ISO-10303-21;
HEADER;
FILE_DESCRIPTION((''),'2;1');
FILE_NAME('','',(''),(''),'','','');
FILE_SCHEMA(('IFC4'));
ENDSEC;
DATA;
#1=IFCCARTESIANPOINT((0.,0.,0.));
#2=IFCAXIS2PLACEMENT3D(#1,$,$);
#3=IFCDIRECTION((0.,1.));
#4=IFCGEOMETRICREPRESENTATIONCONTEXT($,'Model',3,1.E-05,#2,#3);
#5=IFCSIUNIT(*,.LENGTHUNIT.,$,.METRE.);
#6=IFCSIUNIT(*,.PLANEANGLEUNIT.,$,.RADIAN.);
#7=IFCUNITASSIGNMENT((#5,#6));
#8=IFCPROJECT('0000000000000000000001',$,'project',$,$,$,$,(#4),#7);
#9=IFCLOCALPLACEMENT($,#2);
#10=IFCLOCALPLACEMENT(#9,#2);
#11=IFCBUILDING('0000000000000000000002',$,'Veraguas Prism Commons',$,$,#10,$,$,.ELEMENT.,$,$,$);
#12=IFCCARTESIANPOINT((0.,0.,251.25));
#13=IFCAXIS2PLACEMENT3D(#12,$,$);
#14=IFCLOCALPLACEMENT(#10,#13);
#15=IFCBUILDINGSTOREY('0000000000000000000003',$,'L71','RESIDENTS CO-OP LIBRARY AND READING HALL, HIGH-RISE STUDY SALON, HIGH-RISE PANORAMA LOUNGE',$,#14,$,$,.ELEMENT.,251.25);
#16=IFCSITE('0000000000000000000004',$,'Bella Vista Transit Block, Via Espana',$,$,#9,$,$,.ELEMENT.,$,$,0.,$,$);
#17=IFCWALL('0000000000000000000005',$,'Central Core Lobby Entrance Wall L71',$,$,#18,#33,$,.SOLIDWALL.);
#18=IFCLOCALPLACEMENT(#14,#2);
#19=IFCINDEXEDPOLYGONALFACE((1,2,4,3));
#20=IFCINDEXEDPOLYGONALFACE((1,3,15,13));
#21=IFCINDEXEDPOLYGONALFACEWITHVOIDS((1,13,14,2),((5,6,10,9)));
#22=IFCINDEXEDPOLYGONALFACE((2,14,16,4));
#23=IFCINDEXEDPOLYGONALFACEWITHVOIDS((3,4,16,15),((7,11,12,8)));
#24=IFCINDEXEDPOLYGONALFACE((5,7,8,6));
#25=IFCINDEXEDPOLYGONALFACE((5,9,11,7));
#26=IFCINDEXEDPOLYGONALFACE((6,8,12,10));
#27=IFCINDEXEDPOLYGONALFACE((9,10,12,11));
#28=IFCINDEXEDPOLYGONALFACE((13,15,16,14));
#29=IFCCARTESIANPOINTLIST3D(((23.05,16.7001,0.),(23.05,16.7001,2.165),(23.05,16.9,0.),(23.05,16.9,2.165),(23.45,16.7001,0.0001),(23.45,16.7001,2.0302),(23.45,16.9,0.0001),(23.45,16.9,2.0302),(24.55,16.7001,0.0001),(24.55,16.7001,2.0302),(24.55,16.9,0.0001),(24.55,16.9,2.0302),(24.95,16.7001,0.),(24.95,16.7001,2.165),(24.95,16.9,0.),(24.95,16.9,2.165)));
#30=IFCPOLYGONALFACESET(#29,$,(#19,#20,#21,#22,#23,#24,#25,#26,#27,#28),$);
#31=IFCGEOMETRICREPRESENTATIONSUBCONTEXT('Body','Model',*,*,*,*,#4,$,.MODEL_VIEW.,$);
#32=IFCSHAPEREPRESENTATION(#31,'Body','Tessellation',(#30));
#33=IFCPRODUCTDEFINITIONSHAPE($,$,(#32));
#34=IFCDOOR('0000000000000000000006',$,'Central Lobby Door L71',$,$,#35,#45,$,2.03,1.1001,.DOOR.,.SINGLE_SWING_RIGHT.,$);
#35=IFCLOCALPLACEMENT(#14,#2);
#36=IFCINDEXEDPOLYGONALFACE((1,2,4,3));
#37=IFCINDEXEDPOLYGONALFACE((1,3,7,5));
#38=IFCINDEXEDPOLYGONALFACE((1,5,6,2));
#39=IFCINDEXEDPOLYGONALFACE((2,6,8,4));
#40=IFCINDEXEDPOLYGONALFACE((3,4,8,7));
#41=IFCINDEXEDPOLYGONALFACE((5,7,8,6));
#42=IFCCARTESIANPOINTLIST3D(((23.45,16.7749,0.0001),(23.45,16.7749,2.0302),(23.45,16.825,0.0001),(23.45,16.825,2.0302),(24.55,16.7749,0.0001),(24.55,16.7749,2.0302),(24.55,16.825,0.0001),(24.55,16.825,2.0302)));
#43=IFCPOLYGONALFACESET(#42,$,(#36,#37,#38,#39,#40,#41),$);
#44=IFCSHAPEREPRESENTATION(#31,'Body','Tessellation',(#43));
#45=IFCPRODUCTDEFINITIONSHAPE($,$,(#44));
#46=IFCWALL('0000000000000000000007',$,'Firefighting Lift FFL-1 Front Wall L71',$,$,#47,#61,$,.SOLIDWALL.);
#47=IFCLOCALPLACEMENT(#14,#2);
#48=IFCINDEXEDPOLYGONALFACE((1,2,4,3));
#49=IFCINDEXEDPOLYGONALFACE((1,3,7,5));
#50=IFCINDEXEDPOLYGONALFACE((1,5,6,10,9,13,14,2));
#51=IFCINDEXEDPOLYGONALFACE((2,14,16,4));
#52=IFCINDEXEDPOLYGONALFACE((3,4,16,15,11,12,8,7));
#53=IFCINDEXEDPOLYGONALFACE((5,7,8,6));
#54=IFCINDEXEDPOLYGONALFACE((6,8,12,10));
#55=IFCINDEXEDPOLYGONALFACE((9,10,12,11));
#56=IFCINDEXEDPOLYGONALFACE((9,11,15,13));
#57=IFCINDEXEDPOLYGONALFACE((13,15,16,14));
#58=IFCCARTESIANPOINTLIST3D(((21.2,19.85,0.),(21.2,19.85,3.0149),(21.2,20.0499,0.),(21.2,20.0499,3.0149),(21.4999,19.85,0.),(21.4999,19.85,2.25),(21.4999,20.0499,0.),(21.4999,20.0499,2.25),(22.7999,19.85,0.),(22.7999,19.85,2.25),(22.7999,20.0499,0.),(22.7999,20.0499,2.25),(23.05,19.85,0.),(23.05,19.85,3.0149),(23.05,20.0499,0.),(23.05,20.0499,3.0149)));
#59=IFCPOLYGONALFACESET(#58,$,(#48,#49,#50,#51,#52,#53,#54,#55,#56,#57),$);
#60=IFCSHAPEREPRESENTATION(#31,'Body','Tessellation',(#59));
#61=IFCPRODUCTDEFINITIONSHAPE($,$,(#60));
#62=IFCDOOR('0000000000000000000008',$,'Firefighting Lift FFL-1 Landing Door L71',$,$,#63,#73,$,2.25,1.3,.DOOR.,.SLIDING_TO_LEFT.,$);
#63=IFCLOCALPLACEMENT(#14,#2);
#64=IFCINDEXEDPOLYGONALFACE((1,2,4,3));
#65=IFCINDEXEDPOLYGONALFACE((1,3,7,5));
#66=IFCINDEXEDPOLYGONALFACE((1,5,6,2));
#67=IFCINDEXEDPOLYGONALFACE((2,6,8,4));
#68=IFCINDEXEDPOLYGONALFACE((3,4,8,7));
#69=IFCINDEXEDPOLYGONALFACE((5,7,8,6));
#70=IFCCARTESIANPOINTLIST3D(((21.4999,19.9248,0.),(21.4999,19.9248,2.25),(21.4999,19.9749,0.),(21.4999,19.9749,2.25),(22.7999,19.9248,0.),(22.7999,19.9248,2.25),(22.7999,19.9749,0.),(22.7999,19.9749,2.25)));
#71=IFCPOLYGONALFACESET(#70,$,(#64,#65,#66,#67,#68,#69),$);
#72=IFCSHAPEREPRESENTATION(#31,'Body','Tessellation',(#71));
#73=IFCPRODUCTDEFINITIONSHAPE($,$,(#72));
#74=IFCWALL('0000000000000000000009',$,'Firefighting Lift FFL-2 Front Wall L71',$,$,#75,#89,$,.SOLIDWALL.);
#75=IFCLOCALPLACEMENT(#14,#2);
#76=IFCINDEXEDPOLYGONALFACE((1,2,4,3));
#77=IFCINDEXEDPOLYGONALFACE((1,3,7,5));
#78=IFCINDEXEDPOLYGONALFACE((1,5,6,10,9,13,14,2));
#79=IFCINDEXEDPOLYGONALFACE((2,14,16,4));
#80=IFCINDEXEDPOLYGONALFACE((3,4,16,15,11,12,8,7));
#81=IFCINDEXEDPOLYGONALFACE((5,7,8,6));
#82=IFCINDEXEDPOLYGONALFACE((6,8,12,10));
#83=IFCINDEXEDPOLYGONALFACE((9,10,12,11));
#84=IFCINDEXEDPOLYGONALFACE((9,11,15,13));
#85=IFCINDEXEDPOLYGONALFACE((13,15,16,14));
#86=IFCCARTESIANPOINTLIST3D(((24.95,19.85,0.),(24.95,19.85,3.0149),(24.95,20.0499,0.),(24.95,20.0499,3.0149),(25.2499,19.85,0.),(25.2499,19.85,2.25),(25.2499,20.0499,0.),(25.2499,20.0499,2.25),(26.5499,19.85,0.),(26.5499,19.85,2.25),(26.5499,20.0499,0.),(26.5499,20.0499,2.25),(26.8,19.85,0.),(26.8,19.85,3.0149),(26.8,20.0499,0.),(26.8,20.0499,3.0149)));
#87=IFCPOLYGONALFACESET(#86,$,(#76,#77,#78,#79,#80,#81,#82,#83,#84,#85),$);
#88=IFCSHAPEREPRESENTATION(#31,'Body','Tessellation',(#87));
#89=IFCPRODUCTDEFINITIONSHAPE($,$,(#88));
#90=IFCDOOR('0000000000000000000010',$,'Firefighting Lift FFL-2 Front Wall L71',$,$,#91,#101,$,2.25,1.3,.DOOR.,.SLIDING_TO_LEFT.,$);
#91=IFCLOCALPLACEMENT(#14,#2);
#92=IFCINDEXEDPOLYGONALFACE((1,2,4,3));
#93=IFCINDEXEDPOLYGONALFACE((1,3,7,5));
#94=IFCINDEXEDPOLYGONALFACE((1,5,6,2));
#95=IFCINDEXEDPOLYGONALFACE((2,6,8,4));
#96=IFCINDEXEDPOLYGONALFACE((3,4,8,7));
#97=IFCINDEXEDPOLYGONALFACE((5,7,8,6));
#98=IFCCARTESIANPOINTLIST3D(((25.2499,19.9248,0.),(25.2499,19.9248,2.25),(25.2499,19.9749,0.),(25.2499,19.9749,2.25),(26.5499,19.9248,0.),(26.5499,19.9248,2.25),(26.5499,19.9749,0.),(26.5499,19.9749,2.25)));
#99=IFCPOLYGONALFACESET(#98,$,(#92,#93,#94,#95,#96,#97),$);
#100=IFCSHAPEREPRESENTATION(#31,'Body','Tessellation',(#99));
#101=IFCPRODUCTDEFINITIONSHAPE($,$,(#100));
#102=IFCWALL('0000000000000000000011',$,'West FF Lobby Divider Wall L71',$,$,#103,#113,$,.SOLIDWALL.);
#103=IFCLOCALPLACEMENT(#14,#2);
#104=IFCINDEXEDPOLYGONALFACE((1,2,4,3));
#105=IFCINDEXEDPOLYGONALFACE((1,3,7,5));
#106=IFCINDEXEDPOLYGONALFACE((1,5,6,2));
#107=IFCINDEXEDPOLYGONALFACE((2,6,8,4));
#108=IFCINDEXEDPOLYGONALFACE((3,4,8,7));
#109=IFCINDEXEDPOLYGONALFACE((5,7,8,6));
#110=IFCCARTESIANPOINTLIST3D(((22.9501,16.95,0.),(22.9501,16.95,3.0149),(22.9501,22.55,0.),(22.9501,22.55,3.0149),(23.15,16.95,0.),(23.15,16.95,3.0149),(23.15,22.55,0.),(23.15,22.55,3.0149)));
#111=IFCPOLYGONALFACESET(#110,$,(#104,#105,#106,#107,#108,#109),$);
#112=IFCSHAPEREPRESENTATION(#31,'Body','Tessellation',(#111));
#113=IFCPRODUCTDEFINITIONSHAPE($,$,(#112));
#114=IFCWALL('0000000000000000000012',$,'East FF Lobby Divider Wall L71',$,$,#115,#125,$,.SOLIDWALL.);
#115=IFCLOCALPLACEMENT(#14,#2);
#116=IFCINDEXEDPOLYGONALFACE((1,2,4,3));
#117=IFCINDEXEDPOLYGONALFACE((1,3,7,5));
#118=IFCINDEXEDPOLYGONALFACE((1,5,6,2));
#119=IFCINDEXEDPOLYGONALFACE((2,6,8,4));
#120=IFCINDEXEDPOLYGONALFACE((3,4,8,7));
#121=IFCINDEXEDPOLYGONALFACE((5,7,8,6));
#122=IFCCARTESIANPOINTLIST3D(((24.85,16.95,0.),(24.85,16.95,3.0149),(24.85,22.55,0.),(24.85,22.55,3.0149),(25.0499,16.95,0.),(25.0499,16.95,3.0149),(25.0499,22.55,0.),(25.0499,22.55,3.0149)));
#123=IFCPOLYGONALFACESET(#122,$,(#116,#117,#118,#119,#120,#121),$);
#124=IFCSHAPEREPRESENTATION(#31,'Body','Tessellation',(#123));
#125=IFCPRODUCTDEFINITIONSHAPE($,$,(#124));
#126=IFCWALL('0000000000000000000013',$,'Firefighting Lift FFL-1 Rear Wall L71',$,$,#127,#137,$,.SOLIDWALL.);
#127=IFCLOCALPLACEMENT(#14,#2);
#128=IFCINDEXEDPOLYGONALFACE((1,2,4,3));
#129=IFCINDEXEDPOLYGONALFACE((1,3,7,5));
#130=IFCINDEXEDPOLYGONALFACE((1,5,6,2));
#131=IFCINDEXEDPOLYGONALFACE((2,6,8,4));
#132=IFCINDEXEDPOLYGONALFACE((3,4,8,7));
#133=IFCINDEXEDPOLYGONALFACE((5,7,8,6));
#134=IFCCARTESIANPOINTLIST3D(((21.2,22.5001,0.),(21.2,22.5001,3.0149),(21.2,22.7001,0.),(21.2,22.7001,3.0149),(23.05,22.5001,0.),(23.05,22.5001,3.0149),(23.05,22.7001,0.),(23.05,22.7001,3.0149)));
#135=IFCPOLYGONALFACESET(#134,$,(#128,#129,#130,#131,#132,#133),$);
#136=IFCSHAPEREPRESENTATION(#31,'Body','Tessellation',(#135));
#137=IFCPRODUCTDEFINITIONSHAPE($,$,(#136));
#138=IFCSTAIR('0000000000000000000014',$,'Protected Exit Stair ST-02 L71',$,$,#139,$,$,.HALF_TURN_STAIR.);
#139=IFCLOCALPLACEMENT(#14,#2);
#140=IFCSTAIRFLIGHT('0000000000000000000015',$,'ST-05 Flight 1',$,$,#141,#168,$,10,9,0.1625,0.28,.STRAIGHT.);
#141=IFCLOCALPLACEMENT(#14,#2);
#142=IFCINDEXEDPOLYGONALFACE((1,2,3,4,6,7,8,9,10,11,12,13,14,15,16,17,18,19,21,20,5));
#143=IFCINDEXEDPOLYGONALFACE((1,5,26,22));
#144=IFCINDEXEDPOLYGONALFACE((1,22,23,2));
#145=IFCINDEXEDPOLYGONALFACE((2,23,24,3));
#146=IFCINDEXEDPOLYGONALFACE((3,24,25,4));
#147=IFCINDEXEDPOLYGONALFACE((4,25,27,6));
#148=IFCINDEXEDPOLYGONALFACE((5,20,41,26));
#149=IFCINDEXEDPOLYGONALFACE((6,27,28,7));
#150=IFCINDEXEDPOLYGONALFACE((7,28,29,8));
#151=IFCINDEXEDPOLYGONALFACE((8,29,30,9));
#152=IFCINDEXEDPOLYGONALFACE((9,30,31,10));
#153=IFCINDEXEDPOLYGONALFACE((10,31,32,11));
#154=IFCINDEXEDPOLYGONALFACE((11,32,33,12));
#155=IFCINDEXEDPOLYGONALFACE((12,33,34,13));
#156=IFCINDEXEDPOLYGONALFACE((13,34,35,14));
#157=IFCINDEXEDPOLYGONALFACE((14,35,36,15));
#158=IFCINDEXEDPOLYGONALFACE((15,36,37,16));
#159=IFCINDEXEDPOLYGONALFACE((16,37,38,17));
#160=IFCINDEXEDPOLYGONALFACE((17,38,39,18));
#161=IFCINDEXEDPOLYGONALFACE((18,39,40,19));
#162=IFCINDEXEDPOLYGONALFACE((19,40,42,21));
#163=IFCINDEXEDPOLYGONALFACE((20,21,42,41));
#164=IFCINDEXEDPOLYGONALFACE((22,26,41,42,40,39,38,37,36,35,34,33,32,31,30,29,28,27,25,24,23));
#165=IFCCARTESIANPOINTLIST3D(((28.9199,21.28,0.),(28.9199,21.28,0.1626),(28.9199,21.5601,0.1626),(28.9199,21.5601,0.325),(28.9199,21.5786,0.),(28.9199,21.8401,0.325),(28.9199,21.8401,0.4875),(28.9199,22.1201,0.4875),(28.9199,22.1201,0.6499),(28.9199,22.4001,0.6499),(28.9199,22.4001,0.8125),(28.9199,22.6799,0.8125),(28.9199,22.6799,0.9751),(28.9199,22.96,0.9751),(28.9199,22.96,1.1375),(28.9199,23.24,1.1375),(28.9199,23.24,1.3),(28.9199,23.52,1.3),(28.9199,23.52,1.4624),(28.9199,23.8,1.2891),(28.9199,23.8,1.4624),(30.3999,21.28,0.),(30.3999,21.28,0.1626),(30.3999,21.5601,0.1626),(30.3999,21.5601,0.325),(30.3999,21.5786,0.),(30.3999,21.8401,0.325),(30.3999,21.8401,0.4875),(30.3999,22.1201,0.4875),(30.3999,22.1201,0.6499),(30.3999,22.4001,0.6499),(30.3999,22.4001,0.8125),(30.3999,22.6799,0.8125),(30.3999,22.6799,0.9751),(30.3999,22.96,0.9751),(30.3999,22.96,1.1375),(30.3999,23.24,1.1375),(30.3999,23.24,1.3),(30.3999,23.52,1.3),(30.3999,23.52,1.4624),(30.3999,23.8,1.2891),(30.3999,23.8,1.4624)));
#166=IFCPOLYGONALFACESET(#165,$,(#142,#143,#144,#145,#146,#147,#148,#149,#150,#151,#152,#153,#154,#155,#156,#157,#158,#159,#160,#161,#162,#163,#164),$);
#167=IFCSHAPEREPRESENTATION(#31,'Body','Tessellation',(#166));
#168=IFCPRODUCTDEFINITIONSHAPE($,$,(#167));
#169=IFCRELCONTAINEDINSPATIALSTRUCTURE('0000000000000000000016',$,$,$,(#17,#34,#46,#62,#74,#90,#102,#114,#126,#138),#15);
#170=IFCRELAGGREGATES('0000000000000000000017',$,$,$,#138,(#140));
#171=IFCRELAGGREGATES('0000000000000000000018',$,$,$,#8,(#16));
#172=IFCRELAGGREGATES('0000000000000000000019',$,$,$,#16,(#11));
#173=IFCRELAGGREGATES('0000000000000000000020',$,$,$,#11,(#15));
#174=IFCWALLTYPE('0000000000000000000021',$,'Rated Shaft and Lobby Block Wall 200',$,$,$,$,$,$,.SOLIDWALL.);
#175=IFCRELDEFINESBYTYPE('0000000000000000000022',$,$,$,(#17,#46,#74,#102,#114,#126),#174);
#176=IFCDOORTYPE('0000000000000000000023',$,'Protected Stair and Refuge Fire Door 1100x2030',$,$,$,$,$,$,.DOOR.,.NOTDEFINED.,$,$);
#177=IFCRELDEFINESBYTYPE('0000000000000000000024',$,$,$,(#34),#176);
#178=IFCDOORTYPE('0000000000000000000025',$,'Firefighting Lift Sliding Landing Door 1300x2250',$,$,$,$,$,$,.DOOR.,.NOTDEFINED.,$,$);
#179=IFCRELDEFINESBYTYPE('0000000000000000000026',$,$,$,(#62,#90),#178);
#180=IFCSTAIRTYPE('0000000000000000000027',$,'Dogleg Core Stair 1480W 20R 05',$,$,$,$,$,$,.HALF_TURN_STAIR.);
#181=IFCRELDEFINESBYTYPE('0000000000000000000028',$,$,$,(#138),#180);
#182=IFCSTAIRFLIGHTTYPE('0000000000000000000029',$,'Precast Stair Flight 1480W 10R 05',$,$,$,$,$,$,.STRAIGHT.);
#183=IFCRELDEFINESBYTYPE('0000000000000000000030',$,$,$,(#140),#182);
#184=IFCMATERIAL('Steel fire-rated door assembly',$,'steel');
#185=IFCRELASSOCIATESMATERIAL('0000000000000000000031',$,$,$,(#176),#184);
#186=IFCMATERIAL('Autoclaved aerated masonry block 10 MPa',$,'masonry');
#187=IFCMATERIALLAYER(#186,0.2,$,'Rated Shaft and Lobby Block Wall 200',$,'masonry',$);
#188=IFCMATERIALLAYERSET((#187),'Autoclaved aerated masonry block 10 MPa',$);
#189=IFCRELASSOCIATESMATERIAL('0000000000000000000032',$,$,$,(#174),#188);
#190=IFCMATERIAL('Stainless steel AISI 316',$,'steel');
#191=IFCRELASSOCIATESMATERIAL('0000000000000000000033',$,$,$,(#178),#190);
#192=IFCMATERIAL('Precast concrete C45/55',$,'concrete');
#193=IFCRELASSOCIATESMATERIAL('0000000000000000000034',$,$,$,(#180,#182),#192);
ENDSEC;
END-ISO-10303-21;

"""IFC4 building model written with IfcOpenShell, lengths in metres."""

from ifc_helpers import new_model, si_unit, direction, frame, frame_2d, origin, place, context, subcontext, project, spatial, polyline, rectangle, outline, extrude, source, transform, mapped, material, layer, layer_set, type_object, element, fill, aggregate, save


model = new_model("IFC4")

# Units and contexts
model_context = context("Model", 3, precision=1e-05, world=origin(), true_north=direction((0.0, 1.0)))
body_context = subcontext(model_context, "Body", "Model", "MODEL_VIEW")
ifc_project = project(units=[si_unit("LENGTHUNIT", "METRE"), si_unit("PLANEANGLEUNIT", "RADIAN")], contexts=[model_context])

# Site, building, storey
site_placement = place(None, origin())
site = spatial("IfcSite", under=ifc_project, at=site_placement, Name="Bella Vista Transit Block, Via Espana", CompositionType="ELEMENT", RefElevation=0.0)
building_placement = place(site_placement, origin())
building = spatial("IfcBuilding", under=site, at=building_placement, Name="Veraguas Prism Commons", CompositionType="ELEMENT")
storey_placement = place(building_placement, frame((0.0, 0.0, 251.25)))
storey = spatial("IfcBuildingStorey", under=building, at=storey_placement, Name="L71", Description="RESIDENTS CO-OP LIBRARY AND READING HALL, HIGH-RISE STUDY SALON, HIGH-RISE PANORAMA LOUNGE", CompositionType="ELEMENT", Elevation=251.25)

# Shared definitions
ifc_material_1 = material(Name="Steel fire-rated door assembly", Category="steel")
door_type_1 = type_object("IfcDoorType", Name="Protected Stair and Refuge Fire Door 1100x2030", OperationType="NOTDEFINED", PredefinedType="DOOR", material=ifc_material_1)
shared_shape_1 = source(origin(), body_context, "Body", "SweptSolid", [
    extrude(rectangle(XDim=1.1001, YDim=2.03, at=frame_2d((0.55, 1.0151))), frame((0.0, 0.0249, 0.0), z_axis=(0.0, -1.0, 0.0), x_axis=(1.0, 0.0, 0.0)), (0.0, 0.0, 1.0), 0.05),
])

# Walls, openings, doors
ifc_material_2 = material(Name="Autoclaved aerated masonry block 10 MPa", Category="masonry")
ifc_layer_1 = layer(ifc_material_2, 0.2, Name="Rated Shaft and Lobby Block Wall 200", Category="masonry")
ifc_layer_set_1 = layer_set([ifc_layer_1], Name="Autoclaved aerated masonry block 10 MPa")
wall_type_1 = type_object("IfcWallType", Name="Rated Shaft and Lobby Block Wall 200", PredefinedType="SOLIDWALL", material=ifc_layer_set_1)
wall_1_placement = place(storey_placement, frame((23.05, 16.8, 0.0), z_axis=(0.0, 0.0, 1.0), x_axis=(1.0, 0.0, 0.0)))
wall_1 = element("IfcWall", 1, at=wall_1_placement, inside=storey, type_object=wall_type_1, Name="Central Core Lobby Entrance Wall L71", PredefinedType="SOLIDWALL", context=body_context, shape_type="SweptSolid", body=[
    extrude(rectangle(XDim=1.8999, YDim=0.2, at=frame_2d((0.95, 0.0))), origin(), (0.0, 0.0, 1.0), 2.165),
])
opening_1_placement = place(wall_1_placement, frame((0.3999, 0.0, 0.0)))
opening_1 = element("IfcOpeningElement", 2, at=opening_1_placement, cuts=wall_1, PredefinedType="OPENING", context=body_context, shape_type="SweptSolid", body=[
    extrude(rectangle(XDim=1.1001, YDim=2.03, at=frame_2d((0.55, 1.0151))), frame((0.0, 0.1099, 0.0), z_axis=(0.0, -1.0, 0.0), x_axis=(1.0, 0.0, 0.0)), (0.0, 0.0, 1.0), 0.22),
])
door_1_placement = place(opening_1_placement, origin())
door_1 = element("IfcDoor", 3, at=door_1_placement, inside=storey, type_object=door_type_1, Name="Central Lobby Door L71", OperationType="SINGLE_SWING_RIGHT", OverallHeight=2.03, OverallWidth=1.1001, PredefinedType="DOOR", context=body_context, shape_type="MappedRepresentation", body=[
    mapped(shared_shape_1, transform((0.0, 0.0, 0.0), scale=1.0)),
])
fill(opening_1, door_1)
wall_2_placement = place(storey_placement, frame((21.2, 19.95, 0.0), z_axis=(0.0, 0.0, 1.0), x_axis=(1.0, 0.0, 0.0)))
wall_2 = element("IfcWall", 4, at=wall_2_placement, inside=storey, type_object=wall_type_1, Name="Firefighting Lift FFL-1 Front Wall L71", PredefinedType="SOLIDWALL", context=body_context, shape_type="SweptSolid", body=[
    extrude(rectangle(XDim=1.8501, YDim=0.2, at=frame_2d((0.925, 0.0))), origin(), (0.0, 0.0, 1.0), 3.0149),
])
opening_2_placement = place(wall_2_placement, frame((0.3, 0.0, 0.0)))
opening_2 = element("IfcOpeningElement", 5, at=opening_2_placement, cuts=wall_2, PredefinedType="OPENING", context=body_context, shape_type="SweptSolid", body=[
    extrude(rectangle(XDim=1.3, YDim=2.25, at=frame_2d((0.6499, 1.125))), frame((0.0, 0.1099, 0.0), z_axis=(0.0, -1.0, 0.0), x_axis=(1.0, 0.0, 0.0)), (0.0, 0.0, 1.0), 0.22),
])
ifc_material_3 = material(Name="Stainless steel AISI 316", Category="steel")
door_type_2 = type_object("IfcDoorType", Name="Firefighting Lift Sliding Landing Door 1300x2250", OperationType="NOTDEFINED", PredefinedType="DOOR", material=ifc_material_3)
shared_shape_2 = source(origin(), body_context, "Body", "SweptSolid", [
    extrude(rectangle(XDim=1.3, YDim=2.25, at=frame_2d((0.6499, 1.125))), frame((0.0, 0.0249, 0.0), z_axis=(0.0, -1.0, 0.0), x_axis=(1.0, 0.0, 0.0)), (0.0, 0.0, 1.0), 0.05),
])
door_2_placement = place(opening_2_placement, origin())
door_2 = element("IfcDoor", 6, at=door_2_placement, inside=storey, type_object=door_type_2, Name="Firefighting Lift FFL-1 Landing Door L71", OperationType="SLIDING_TO_LEFT", OverallHeight=2.25, OverallWidth=1.3, PredefinedType="DOOR", context=body_context, shape_type="MappedRepresentation", body=[
    mapped(shared_shape_2, transform((0.0, 0.0, 0.0), scale=1.0)),
])
fill(opening_2, door_2)
wall_3_placement = place(storey_placement, frame((24.95, 19.95, 0.0), z_axis=(0.0, 0.0, 1.0), x_axis=(1.0, 0.0, 0.0)))
wall_3 = element("IfcWall", 7, at=wall_3_placement, inside=storey, type_object=wall_type_1, Name="Firefighting Lift FFL-2 Front Wall L71", PredefinedType="SOLIDWALL", context=body_context, shape_type="SweptSolid", body=[
    extrude(rectangle(XDim=1.8501, YDim=0.2, at=frame_2d((0.925, 0.0))), origin(), (0.0, 0.0, 1.0), 3.0149),
])
opening_3_placement = place(wall_3_placement, frame((0.3, 0.0, 0.0)))
opening_3 = element("IfcOpeningElement", 8, at=opening_3_placement, cuts=wall_3, PredefinedType="OPENING", context=body_context, shape_type="SweptSolid", body=[
    extrude(rectangle(XDim=1.3, YDim=2.25, at=frame_2d((0.6499, 1.125))), frame((0.0, 0.1099, 0.0), z_axis=(0.0, -1.0, 0.0), x_axis=(1.0, 0.0, 0.0)), (0.0, 0.0, 1.0), 0.22),
])
door_3_placement = place(opening_3_placement, origin())
door_3 = element("IfcDoor", 9, at=door_3_placement, inside=storey, type_object=door_type_2, Name="Firefighting Lift FFL-2 Front Wall L71", OperationType="SLIDING_TO_LEFT", OverallHeight=2.25, OverallWidth=1.3, PredefinedType="DOOR", context=body_context, shape_type="MappedRepresentation", body=[
    mapped(shared_shape_2, transform((0.0, 0.0, 0.0), scale=1.0)),
])
fill(opening_3, door_3)

# Walls
for number, where, z_axis, x_axis, name in (
    (10, (23.05, 16.95, 0.0), (0.0, 0.0, 1.0), (0.0, 1.0, 0.0), "West FF Lobby Divider Wall L71"),
    (11, (24.95, 16.95, 0.0), (0.0, 0.0, 1.0), (0.0, 1.0, 0.0), "East FF Lobby Divider Wall L71"),
):
    element("IfcWall", number, at=place(storey_placement, frame(where, z_axis=z_axis, x_axis=x_axis)), inside=storey, type_object=wall_type_1, Name=name, PredefinedType="SOLIDWALL", context=body_context, shape_type="SweptSolid", body=[
        extrude(rectangle(XDim=5.6001, YDim=0.2, at=frame_2d((2.8, 0.0))), origin(), (0.0, 0.0, 1.0), 3.0149),
    ])
wall_4_placement = place(storey_placement, frame((21.2, 22.6001, 0.0), z_axis=(0.0, 0.0, 1.0), x_axis=(1.0, 0.0, 0.0)))
element("IfcWall", 12, at=wall_4_placement, inside=storey, type_object=wall_type_1, Name="Firefighting Lift FFL-1 Rear Wall L71", PredefinedType="SOLIDWALL", context=body_context, shape_type="SweptSolid", body=[
    extrude(rectangle(XDim=1.8501, YDim=0.2, at=frame_2d((0.925, 0.0))), origin(), (0.0, 0.0, 1.0), 3.0149),
])

# Stair, stair flight
ifc_material_4 = material(Name="Precast concrete C45/55", Category="concrete")
stair_type = type_object("IfcStairType", Name="Dogleg Core Stair 1480W 20R 05", PredefinedType="HALF_TURN_STAIR", material=ifc_material_4)
stair_placement = place(storey_placement, origin())
stair = element("IfcStair", 13, at=stair_placement, inside=storey, type_object=stair_type, Name="Protected Exit Stair ST-02 L71", PredefinedType="HALF_TURN_STAIR")
stair_flight_type = type_object("IfcStairFlightType", Name="Precast Stair Flight 1480W 10R 05", PredefinedType="STRAIGHT", material=ifc_material_4)
stair_flight_placement = place(storey_placement, frame((29.6599, 21.28, 0.0), z_axis=(0.0, 0.0, 1.0), x_axis=(0.0, 1.0, 0.0)))
stair_flight = element("IfcStairFlight", 14, at=stair_flight_placement, type_object=stair_flight_type, Name="ST-05 Flight 1", NumberOfRisers=10, NumberOfTreads=9, PredefinedType="STRAIGHT", RiserHeight=0.1625, TreadLength=0.28, context=body_context, shape_type="SweptSolid", body=[
    extrude(outline(polyline([(0.0, 0.0), (0.0, 0.1626), (0.28, 0.1626), (0.28, 0.325), (0.5601, 0.325), (0.5601, 0.4875), (0.8401, 0.4875), (0.8401, 0.6499), (1.1201, 0.6499), (1.1201, 0.8125), (1.3999, 0.8125), (1.3999, 0.9751), (1.6799, 0.9751), (1.6799, 1.1375), (1.96, 1.1375), (1.96, 1.3), (2.24, 1.3), (2.24, 1.4624), (2.52, 1.4624), (2.52, 1.625), (2.52, 1.2891), (0.2986, 0.0), (0.0, 0.0)])), frame((0.0, 0.74, 0.0), z_axis=(0.0, -1.0, 0.0), x_axis=(1.0, 0.0, 0.0)), (0.0, 0.0, 1.0), 1.48),
])
aggregate(stair, [stair_flight])

save(model, "model.ifc")
